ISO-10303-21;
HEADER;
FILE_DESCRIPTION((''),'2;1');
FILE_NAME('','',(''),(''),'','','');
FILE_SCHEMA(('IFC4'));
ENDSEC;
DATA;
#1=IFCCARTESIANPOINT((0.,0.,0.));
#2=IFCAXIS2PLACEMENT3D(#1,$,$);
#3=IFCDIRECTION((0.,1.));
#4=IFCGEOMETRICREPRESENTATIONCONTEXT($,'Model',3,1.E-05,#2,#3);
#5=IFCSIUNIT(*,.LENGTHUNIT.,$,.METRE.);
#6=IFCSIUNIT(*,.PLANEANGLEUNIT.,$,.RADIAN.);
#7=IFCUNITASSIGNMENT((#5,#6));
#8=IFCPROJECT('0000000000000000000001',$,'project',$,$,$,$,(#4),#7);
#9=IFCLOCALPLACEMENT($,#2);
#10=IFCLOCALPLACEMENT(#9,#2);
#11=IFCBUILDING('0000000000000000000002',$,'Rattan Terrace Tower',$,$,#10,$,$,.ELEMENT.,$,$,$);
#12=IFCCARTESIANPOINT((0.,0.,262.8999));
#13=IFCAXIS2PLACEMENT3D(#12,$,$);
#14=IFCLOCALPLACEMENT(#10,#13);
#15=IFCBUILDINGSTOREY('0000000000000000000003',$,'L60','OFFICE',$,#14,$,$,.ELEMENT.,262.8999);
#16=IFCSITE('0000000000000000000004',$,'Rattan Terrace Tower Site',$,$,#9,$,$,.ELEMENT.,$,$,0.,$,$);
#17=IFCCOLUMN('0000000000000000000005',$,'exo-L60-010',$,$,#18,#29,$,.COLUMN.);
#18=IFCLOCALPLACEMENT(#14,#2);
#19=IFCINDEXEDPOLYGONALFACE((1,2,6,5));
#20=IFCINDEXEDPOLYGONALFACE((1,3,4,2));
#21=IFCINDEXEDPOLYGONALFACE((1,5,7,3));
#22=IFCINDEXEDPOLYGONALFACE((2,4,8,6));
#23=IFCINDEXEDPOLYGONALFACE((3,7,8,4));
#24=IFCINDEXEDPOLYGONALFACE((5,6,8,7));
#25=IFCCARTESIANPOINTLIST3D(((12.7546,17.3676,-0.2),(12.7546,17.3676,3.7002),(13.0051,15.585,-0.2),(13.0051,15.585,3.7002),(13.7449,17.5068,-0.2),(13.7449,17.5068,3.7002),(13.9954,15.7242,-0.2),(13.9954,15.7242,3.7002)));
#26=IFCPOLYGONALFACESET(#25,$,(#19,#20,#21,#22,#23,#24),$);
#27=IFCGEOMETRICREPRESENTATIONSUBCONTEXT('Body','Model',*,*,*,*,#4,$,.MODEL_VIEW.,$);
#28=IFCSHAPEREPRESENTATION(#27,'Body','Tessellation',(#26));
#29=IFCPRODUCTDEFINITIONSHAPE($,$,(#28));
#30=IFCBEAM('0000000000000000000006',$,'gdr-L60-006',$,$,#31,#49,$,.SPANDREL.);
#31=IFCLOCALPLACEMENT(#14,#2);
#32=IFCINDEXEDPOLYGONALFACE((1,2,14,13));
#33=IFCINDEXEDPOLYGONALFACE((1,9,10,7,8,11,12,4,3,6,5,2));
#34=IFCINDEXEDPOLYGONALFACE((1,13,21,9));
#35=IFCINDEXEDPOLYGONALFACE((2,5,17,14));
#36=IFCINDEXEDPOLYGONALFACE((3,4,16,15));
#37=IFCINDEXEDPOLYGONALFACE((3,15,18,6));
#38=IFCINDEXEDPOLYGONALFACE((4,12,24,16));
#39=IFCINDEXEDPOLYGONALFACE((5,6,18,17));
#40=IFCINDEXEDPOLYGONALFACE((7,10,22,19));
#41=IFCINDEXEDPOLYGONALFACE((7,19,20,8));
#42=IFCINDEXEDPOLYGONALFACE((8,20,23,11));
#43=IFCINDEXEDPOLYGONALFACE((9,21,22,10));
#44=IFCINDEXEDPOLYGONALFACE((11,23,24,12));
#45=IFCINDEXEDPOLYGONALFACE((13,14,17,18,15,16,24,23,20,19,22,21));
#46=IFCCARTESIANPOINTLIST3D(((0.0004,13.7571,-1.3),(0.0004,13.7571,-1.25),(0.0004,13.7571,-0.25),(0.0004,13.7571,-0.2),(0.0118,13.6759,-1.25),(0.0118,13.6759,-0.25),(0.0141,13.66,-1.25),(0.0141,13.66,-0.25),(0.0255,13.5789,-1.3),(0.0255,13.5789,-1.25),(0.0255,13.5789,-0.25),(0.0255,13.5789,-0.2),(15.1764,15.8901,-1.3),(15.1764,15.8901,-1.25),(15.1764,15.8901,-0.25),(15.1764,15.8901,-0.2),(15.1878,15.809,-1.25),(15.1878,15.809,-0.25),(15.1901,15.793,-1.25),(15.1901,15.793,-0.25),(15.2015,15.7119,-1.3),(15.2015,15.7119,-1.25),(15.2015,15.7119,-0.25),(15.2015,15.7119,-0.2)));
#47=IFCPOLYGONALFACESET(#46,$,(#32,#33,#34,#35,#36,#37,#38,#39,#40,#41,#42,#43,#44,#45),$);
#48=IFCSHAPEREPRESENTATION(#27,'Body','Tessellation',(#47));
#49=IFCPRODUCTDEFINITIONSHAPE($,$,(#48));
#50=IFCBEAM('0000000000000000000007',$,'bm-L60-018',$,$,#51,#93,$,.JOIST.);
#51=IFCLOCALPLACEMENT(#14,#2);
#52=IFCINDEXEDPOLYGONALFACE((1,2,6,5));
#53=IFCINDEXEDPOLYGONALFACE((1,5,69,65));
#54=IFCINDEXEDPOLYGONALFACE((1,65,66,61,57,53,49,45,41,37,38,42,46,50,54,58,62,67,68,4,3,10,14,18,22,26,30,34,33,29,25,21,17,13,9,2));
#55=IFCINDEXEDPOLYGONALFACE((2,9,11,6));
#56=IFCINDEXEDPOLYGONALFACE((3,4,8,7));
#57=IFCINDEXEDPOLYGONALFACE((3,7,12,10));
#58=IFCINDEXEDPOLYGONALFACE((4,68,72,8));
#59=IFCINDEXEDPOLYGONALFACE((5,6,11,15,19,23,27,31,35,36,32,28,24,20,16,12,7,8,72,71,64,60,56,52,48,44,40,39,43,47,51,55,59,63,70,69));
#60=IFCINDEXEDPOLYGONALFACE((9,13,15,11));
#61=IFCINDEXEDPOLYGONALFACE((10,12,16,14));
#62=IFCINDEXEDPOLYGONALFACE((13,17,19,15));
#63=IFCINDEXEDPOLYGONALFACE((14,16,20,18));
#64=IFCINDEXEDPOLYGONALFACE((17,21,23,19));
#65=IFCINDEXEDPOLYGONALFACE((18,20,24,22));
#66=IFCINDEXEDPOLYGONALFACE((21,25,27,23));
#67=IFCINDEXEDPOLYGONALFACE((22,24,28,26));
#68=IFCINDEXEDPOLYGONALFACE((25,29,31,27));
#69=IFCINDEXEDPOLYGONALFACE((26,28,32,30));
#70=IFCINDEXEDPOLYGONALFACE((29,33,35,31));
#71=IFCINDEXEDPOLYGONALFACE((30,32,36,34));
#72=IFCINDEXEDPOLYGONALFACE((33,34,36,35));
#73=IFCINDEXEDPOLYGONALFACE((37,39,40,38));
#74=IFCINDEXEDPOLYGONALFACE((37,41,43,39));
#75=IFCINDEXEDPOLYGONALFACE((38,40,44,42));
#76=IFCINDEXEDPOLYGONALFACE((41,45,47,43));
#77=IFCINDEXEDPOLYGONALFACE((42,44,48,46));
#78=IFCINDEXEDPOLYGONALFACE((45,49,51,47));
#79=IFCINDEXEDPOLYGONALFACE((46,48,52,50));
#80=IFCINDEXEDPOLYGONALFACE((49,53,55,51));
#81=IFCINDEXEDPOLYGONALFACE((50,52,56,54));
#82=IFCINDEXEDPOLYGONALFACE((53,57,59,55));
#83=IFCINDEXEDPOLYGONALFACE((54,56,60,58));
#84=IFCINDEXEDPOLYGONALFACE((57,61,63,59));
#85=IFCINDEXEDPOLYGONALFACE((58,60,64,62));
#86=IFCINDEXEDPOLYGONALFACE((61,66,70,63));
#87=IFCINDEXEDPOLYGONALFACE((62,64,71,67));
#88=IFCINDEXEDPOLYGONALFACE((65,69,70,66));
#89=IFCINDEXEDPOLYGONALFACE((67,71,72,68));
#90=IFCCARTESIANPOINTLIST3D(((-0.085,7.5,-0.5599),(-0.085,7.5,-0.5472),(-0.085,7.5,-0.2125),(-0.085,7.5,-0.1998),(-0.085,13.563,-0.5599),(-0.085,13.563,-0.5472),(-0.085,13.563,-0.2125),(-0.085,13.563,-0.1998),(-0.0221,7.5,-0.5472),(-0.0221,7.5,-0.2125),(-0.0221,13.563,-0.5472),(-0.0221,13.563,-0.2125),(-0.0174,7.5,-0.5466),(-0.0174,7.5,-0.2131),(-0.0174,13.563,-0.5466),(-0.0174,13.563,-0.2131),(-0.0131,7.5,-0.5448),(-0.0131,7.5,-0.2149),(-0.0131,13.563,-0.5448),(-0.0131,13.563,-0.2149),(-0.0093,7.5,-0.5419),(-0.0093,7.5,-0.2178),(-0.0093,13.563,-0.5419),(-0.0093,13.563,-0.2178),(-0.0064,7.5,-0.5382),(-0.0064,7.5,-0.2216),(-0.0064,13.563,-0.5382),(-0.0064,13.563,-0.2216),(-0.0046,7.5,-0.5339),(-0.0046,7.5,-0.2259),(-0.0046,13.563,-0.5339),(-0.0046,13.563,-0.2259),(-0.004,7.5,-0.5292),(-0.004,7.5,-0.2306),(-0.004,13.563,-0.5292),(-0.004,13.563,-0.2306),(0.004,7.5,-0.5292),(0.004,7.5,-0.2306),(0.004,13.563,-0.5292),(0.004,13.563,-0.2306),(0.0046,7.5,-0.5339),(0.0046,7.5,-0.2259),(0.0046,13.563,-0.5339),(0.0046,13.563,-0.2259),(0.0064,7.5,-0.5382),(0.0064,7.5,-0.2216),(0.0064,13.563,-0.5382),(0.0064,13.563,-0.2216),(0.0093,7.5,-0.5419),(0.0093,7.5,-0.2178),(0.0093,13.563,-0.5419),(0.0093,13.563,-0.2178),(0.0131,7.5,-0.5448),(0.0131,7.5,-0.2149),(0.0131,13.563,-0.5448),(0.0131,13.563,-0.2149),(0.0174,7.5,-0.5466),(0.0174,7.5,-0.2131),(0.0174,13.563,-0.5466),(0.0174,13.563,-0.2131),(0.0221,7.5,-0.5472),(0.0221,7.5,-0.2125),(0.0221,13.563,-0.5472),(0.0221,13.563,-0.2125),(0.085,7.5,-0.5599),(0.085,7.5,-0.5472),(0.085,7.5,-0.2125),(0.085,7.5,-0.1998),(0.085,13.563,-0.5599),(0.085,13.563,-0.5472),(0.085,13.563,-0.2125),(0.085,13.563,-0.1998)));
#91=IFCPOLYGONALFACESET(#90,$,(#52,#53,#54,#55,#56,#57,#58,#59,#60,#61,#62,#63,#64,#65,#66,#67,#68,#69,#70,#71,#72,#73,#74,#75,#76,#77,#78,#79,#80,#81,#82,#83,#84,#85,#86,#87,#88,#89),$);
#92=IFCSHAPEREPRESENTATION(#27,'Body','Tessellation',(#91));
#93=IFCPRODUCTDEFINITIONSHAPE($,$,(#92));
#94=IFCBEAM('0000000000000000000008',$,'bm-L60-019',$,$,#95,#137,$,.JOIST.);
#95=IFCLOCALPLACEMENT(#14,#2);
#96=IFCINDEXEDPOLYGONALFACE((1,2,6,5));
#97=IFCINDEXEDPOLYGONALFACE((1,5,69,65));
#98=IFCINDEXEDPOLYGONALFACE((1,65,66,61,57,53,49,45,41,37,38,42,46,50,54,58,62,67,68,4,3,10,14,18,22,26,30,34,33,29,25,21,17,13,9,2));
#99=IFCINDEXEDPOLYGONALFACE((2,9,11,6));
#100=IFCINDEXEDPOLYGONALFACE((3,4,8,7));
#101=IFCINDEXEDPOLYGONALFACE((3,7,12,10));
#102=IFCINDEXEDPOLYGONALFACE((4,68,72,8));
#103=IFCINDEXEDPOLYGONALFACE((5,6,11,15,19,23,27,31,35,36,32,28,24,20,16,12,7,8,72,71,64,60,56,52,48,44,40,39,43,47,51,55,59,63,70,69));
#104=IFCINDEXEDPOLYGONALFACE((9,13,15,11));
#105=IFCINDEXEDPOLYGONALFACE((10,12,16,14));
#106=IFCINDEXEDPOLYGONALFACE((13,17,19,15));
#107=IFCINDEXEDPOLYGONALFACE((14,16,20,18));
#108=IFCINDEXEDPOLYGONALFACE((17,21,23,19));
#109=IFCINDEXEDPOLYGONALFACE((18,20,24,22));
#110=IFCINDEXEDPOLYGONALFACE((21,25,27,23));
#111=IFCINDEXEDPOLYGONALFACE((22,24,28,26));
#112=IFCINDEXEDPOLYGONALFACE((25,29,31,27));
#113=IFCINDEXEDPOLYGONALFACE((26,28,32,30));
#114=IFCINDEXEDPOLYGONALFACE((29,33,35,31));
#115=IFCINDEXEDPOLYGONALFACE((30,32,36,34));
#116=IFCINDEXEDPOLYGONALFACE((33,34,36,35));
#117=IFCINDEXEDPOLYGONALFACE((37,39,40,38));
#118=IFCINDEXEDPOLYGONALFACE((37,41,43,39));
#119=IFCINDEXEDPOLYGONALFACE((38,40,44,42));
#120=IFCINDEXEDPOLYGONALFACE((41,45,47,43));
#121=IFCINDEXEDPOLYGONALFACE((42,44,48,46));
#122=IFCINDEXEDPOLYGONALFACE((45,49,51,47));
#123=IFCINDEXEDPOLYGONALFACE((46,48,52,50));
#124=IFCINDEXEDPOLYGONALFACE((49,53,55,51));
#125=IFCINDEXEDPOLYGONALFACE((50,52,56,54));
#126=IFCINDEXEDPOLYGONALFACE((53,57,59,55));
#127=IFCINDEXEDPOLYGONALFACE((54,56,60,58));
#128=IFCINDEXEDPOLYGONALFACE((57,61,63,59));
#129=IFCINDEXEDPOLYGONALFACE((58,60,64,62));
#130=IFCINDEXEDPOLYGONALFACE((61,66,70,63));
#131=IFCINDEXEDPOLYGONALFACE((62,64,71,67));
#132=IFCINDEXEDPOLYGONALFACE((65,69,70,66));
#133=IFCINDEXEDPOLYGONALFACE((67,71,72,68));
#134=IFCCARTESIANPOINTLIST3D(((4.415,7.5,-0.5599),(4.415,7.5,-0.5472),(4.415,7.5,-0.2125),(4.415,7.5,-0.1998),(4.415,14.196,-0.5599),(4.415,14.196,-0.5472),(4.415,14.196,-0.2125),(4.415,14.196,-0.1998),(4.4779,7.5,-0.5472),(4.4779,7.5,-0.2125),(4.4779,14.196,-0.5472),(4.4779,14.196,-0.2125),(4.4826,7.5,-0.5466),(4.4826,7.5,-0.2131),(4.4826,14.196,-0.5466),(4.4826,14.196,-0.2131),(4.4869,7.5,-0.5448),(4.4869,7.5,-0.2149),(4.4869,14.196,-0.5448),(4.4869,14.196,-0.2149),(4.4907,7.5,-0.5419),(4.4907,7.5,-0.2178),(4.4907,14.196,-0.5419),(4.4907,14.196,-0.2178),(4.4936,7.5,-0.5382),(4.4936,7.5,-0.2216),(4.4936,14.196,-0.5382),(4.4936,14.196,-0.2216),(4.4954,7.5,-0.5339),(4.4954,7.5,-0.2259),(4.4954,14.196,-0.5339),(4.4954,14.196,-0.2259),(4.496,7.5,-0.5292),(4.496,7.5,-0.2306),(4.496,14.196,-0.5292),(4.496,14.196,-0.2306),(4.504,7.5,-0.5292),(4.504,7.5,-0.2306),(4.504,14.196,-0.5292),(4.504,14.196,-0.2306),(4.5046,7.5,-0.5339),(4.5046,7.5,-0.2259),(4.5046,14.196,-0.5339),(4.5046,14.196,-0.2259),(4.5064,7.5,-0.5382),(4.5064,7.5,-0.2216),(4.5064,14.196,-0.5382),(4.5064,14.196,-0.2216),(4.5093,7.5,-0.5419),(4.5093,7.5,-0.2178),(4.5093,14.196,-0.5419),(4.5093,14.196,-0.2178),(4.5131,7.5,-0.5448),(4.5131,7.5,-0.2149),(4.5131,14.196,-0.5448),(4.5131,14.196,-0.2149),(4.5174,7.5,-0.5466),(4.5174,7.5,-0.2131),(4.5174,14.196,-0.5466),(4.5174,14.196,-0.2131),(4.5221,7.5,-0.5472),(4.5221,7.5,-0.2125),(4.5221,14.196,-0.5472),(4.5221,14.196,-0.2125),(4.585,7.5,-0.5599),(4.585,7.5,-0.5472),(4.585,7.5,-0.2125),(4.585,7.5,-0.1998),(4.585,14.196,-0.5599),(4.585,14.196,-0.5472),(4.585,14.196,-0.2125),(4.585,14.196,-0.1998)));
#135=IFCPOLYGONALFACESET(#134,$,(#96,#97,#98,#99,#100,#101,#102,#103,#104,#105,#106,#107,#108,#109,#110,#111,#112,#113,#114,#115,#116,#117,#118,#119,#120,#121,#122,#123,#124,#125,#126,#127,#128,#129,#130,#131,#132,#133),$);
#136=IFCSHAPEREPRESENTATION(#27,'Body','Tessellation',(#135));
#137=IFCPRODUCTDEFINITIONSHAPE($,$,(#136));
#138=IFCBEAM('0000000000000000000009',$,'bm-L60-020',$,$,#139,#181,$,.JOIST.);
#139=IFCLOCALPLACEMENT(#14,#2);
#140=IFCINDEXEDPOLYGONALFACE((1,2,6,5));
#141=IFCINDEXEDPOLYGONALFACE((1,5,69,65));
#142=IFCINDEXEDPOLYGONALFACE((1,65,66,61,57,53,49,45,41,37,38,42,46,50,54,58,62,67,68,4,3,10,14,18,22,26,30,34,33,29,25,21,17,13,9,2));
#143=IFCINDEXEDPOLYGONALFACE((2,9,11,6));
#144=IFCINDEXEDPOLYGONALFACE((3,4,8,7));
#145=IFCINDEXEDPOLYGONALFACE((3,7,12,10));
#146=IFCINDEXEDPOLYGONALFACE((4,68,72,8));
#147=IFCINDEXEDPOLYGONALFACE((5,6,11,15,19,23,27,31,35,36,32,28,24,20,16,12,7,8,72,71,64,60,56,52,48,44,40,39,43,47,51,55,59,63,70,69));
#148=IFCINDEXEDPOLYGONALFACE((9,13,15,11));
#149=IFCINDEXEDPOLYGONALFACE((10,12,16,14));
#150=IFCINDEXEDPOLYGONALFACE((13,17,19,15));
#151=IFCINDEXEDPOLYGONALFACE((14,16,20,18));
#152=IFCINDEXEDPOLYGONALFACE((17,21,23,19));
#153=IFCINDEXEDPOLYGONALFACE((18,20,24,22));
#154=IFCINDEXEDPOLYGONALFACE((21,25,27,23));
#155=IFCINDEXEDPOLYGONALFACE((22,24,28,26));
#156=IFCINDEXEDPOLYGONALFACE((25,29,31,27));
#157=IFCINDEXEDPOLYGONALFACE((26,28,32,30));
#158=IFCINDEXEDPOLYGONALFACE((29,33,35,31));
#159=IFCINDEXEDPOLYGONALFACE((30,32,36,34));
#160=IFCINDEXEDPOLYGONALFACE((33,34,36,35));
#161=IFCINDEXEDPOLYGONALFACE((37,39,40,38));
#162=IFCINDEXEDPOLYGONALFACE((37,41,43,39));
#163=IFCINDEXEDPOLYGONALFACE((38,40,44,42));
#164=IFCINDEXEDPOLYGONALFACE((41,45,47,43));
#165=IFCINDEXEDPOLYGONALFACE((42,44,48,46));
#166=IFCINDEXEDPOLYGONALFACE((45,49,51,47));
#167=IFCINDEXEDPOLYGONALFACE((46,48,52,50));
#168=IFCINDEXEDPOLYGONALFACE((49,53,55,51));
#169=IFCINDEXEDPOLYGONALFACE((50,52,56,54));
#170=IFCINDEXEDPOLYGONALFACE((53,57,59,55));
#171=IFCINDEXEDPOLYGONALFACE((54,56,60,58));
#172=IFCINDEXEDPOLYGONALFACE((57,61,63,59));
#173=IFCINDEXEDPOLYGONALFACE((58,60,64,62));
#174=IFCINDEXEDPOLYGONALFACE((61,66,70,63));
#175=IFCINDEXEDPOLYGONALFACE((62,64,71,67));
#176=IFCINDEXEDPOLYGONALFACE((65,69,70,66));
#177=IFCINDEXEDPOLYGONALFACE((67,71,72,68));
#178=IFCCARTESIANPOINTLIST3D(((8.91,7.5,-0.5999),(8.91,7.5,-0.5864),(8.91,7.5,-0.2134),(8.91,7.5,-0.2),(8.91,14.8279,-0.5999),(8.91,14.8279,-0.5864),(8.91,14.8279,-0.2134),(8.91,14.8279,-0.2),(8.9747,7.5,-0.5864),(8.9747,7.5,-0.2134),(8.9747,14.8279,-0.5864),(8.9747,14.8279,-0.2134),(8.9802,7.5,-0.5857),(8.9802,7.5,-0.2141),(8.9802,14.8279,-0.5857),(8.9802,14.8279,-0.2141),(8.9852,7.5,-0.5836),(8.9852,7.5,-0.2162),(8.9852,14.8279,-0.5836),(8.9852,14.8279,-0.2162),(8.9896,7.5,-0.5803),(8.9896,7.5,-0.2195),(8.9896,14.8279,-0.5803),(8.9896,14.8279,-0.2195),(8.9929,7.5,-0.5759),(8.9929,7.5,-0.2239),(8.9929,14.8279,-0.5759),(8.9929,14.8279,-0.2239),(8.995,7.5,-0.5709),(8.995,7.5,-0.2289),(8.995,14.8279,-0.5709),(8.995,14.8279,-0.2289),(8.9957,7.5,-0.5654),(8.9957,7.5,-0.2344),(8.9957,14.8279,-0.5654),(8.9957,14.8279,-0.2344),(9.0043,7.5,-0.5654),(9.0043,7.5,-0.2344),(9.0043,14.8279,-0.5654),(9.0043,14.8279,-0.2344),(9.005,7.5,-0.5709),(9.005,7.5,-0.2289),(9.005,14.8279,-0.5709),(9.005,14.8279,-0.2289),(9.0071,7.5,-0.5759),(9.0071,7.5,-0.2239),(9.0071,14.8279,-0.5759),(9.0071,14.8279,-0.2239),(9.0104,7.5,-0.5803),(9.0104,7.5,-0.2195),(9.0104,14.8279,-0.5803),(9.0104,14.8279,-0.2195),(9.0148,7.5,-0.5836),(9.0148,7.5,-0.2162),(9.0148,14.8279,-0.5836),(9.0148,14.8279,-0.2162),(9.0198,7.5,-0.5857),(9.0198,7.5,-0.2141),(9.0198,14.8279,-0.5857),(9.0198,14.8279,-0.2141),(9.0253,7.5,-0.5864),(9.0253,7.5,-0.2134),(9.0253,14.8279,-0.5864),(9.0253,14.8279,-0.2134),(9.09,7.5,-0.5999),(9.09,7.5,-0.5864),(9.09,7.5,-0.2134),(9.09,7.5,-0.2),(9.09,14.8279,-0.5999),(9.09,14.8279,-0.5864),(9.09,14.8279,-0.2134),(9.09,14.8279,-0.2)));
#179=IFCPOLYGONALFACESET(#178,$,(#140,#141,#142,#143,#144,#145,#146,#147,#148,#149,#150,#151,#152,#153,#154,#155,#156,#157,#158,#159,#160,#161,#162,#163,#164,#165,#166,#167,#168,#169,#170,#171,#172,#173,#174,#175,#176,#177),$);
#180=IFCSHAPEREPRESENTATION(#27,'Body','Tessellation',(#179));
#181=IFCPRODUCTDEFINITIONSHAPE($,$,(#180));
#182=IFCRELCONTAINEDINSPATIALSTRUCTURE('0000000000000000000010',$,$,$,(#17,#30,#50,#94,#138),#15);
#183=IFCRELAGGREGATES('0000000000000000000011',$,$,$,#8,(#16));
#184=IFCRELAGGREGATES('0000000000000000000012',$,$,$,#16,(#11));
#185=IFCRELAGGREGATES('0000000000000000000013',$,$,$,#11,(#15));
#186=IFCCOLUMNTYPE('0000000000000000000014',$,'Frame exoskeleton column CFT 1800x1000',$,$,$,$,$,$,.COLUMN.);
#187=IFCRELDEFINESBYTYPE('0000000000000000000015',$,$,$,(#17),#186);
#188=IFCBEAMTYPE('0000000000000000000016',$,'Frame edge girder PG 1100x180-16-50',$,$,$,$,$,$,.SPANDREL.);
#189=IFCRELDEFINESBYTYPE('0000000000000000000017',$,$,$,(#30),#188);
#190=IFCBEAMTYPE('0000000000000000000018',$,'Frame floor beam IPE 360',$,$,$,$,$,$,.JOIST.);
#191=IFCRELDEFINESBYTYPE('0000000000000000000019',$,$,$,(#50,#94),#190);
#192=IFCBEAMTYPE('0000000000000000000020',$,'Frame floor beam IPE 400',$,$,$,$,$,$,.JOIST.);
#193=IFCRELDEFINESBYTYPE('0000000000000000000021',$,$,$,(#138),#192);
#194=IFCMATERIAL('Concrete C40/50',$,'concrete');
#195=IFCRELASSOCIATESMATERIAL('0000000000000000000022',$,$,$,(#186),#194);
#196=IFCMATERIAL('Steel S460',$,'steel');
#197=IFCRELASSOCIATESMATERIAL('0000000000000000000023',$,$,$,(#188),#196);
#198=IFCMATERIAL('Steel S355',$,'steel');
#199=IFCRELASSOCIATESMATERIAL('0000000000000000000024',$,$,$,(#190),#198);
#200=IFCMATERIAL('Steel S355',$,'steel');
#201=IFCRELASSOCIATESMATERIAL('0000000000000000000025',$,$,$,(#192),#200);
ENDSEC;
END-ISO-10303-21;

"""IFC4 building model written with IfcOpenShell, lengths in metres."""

from ifc_helpers import new_model, si_unit, direction, frame, origin, origin_2d, place, context, subcontext, project, spatial, rectangle, i_section, extrude, material, material_profile, profile_set, type_object, element, save


model = new_model("IFC4")

# Units and contexts
model_context = context("Model", 3, precision=1e-05, world=origin(), true_north=direction((0.0, 1.0)))
body_context = subcontext(model_context, "Body", "Model", "MODEL_VIEW")
ifc_project = project(units=[si_unit("LENGTHUNIT", "METRE"), si_unit("PLANEANGLEUNIT", "RADIAN")], contexts=[model_context])

# Site, building, storey
site_placement = place(None, origin())
site = spatial("IfcSite", under=ifc_project, at=site_placement, Name="Rattan Terrace Tower Site", CompositionType="ELEMENT", RefElevation=0.0)
building_placement = place(site_placement, origin())
building = spatial("IfcBuilding", under=site, at=building_placement, Name="Rattan Terrace Tower", CompositionType="ELEMENT")
storey_placement = place(building_placement, frame((0.0, 0.0, 262.8999)))
storey = spatial("IfcBuildingStorey", under=building, at=storey_placement, Name="L60", Description="OFFICE", CompositionType="ELEMENT", Elevation=262.8999)

# Column
ifc_material_1 = material(Name="Concrete C40/50", Category="concrete")
ifc_material_profile_1 = material_profile(ifc_material_1, rectangle(XDim=1.0, YDim=1.8, at=origin_2d()), Name="CFT 1800x1000")
ifc_profile_set_1 = profile_set([ifc_material_profile_1], Name="Concrete C40/50")
column_type = type_object("IfcColumnType", Name="Frame exoskeleton column CFT 1800x1000", PredefinedType="COLUMN", material=ifc_profile_set_1)
column_placement = place(storey_placement, frame((13.375, 16.5459, -0.2), z_axis=(0.0, 0.0, 1.0), x_axis=(0.990266, 0.13919, 0.0)))
element("IfcColumn", 1, at=column_placement, inside=storey, type_object=column_type, Name="exo-L60-010", PredefinedType="COLUMN", context=body_context, shape_type="SweptSolid", body=[
    extrude(rectangle(XDim=1.0, YDim=1.8, at=origin_2d()), origin(), (0.0, 0.0, 1.0), 3.9001),
])

# Beams
ifc_material_2 = material(Name="Steel S460", Category="steel")
ifc_material_profile_2 = material_profile(ifc_material_2, i_section(OverallWidth=0.1799, OverallDepth=1.1001, WebThickness=0.0161, FlangeThickness=0.05, at=origin_2d()), Name="PG 1100x180-16-50")
ifc_profile_set_2 = profile_set([ifc_material_profile_2], Name="Steel S460")
beam_type_1 = type_object("IfcBeamType", Name="Frame edge girder PG 1100x180-16-50", PredefinedType="SPANDREL", material=ifc_profile_set_2)
beam_1_placement = place(storey_placement, frame((15.189, 15.801, -0.75), z_axis=(-0.990266, -0.139186, 0.0), x_axis=(0.139186, -0.990266, 0.0)))
element("IfcBeam", 2, at=beam_1_placement, inside=storey, type_object=beam_type_1, Name="gdr-L60-006", PredefinedType="SPANDREL", context=body_context, shape_type="SweptSolid", body=[
    extrude(i_section(OverallWidth=0.1799, OverallDepth=1.1001, WebThickness=0.0161, FlangeThickness=0.05, at=origin_2d()), origin(), (0.0, 0.0, 1.0), 15.3252),
])
ifc_material_3 = material(Name="Steel S355", Category="steel")
ifc_material_profile_3 = material_profile(ifc_material_3, i_section(OverallWidth=0.1699, OverallDepth=0.3601, WebThickness=0.0081, FlangeThickness=0.0127, FilletRadius=0.0181, at=origin_2d()), Name="IPE 360")
ifc_profile_set_3 = profile_set([ifc_material_profile_3], Name="Steel S355")
beam_type_2 = type_object("IfcBeamType", Name="Frame floor beam IPE 360", PredefinedType="JOIST", material=ifc_profile_set_3)
beam_2_placement = place(storey_placement, frame((0.0, 7.5, -0.3799), z_axis=(0.0, 1.0, 0.0), x_axis=(-1.0, 0.0, 0.0)))
element("IfcBeam", 3, at=beam_2_placement, inside=storey, type_object=beam_type_2, Name="bm-L60-018", PredefinedType="JOIST", context=body_context, shape_type="SweptSolid", body=[
    extrude(i_section(OverallWidth=0.1699, OverallDepth=0.3601, WebThickness=0.0081, FlangeThickness=0.0127, FilletRadius=0.0181, at=origin_2d()), origin(), (0.0, 0.0, 1.0), 6.063),
])
beam_3_placement = place(storey_placement, frame((4.5, 7.5, -0.3799), z_axis=(0.0, 1.0, 0.0), x_axis=(-1.0, 0.0, 0.0)))
element("IfcBeam", 4, at=beam_3_placement, inside=storey, type_object=beam_type_2, Name="bm-L60-019", PredefinedType="JOIST", context=body_context, shape_type="SweptSolid", body=[
    extrude(i_section(OverallWidth=0.1699, OverallDepth=0.3601, WebThickness=0.0081, FlangeThickness=0.0127, FilletRadius=0.0181, at=origin_2d()), origin(), (0.0, 0.0, 1.0), 6.696),
])
ifc_material_4 = material(Name="Steel S355", Category="steel")
ifc_material_profile_4 = material_profile(ifc_material_4, i_section(OverallWidth=0.1799, OverallDepth=0.3999, WebThickness=0.0085, FlangeThickness=0.0134, FilletRadius=0.021, at=origin_2d()), Name="IPE 400")
ifc_profile_set_4 = profile_set([ifc_material_profile_4], Name="Steel S355")
beam_type_3 = type_object("IfcBeamType", Name="Frame floor beam IPE 400", PredefinedType="JOIST", material=ifc_profile_set_4)
beam_4_placement = place(storey_placement, frame((9.0, 7.5, -0.3999), z_axis=(0.0, 1.0, 0.0), x_axis=(-1.0, 0.0, 0.0)))
element("IfcBeam", 5, at=beam_4_placement, inside=storey, type_object=beam_type_3, Name="bm-L60-020", PredefinedType="JOIST", context=body_context, shape_type="SweptSolid", body=[
    extrude(i_section(OverallWidth=0.1799, OverallDepth=0.3999, WebThickness=0.0085, FlangeThickness=0.0134, FilletRadius=0.021, at=origin_2d()), origin(), (0.0, 0.0, 1.0), 7.3279),
])

save(model, "model.ifc")
